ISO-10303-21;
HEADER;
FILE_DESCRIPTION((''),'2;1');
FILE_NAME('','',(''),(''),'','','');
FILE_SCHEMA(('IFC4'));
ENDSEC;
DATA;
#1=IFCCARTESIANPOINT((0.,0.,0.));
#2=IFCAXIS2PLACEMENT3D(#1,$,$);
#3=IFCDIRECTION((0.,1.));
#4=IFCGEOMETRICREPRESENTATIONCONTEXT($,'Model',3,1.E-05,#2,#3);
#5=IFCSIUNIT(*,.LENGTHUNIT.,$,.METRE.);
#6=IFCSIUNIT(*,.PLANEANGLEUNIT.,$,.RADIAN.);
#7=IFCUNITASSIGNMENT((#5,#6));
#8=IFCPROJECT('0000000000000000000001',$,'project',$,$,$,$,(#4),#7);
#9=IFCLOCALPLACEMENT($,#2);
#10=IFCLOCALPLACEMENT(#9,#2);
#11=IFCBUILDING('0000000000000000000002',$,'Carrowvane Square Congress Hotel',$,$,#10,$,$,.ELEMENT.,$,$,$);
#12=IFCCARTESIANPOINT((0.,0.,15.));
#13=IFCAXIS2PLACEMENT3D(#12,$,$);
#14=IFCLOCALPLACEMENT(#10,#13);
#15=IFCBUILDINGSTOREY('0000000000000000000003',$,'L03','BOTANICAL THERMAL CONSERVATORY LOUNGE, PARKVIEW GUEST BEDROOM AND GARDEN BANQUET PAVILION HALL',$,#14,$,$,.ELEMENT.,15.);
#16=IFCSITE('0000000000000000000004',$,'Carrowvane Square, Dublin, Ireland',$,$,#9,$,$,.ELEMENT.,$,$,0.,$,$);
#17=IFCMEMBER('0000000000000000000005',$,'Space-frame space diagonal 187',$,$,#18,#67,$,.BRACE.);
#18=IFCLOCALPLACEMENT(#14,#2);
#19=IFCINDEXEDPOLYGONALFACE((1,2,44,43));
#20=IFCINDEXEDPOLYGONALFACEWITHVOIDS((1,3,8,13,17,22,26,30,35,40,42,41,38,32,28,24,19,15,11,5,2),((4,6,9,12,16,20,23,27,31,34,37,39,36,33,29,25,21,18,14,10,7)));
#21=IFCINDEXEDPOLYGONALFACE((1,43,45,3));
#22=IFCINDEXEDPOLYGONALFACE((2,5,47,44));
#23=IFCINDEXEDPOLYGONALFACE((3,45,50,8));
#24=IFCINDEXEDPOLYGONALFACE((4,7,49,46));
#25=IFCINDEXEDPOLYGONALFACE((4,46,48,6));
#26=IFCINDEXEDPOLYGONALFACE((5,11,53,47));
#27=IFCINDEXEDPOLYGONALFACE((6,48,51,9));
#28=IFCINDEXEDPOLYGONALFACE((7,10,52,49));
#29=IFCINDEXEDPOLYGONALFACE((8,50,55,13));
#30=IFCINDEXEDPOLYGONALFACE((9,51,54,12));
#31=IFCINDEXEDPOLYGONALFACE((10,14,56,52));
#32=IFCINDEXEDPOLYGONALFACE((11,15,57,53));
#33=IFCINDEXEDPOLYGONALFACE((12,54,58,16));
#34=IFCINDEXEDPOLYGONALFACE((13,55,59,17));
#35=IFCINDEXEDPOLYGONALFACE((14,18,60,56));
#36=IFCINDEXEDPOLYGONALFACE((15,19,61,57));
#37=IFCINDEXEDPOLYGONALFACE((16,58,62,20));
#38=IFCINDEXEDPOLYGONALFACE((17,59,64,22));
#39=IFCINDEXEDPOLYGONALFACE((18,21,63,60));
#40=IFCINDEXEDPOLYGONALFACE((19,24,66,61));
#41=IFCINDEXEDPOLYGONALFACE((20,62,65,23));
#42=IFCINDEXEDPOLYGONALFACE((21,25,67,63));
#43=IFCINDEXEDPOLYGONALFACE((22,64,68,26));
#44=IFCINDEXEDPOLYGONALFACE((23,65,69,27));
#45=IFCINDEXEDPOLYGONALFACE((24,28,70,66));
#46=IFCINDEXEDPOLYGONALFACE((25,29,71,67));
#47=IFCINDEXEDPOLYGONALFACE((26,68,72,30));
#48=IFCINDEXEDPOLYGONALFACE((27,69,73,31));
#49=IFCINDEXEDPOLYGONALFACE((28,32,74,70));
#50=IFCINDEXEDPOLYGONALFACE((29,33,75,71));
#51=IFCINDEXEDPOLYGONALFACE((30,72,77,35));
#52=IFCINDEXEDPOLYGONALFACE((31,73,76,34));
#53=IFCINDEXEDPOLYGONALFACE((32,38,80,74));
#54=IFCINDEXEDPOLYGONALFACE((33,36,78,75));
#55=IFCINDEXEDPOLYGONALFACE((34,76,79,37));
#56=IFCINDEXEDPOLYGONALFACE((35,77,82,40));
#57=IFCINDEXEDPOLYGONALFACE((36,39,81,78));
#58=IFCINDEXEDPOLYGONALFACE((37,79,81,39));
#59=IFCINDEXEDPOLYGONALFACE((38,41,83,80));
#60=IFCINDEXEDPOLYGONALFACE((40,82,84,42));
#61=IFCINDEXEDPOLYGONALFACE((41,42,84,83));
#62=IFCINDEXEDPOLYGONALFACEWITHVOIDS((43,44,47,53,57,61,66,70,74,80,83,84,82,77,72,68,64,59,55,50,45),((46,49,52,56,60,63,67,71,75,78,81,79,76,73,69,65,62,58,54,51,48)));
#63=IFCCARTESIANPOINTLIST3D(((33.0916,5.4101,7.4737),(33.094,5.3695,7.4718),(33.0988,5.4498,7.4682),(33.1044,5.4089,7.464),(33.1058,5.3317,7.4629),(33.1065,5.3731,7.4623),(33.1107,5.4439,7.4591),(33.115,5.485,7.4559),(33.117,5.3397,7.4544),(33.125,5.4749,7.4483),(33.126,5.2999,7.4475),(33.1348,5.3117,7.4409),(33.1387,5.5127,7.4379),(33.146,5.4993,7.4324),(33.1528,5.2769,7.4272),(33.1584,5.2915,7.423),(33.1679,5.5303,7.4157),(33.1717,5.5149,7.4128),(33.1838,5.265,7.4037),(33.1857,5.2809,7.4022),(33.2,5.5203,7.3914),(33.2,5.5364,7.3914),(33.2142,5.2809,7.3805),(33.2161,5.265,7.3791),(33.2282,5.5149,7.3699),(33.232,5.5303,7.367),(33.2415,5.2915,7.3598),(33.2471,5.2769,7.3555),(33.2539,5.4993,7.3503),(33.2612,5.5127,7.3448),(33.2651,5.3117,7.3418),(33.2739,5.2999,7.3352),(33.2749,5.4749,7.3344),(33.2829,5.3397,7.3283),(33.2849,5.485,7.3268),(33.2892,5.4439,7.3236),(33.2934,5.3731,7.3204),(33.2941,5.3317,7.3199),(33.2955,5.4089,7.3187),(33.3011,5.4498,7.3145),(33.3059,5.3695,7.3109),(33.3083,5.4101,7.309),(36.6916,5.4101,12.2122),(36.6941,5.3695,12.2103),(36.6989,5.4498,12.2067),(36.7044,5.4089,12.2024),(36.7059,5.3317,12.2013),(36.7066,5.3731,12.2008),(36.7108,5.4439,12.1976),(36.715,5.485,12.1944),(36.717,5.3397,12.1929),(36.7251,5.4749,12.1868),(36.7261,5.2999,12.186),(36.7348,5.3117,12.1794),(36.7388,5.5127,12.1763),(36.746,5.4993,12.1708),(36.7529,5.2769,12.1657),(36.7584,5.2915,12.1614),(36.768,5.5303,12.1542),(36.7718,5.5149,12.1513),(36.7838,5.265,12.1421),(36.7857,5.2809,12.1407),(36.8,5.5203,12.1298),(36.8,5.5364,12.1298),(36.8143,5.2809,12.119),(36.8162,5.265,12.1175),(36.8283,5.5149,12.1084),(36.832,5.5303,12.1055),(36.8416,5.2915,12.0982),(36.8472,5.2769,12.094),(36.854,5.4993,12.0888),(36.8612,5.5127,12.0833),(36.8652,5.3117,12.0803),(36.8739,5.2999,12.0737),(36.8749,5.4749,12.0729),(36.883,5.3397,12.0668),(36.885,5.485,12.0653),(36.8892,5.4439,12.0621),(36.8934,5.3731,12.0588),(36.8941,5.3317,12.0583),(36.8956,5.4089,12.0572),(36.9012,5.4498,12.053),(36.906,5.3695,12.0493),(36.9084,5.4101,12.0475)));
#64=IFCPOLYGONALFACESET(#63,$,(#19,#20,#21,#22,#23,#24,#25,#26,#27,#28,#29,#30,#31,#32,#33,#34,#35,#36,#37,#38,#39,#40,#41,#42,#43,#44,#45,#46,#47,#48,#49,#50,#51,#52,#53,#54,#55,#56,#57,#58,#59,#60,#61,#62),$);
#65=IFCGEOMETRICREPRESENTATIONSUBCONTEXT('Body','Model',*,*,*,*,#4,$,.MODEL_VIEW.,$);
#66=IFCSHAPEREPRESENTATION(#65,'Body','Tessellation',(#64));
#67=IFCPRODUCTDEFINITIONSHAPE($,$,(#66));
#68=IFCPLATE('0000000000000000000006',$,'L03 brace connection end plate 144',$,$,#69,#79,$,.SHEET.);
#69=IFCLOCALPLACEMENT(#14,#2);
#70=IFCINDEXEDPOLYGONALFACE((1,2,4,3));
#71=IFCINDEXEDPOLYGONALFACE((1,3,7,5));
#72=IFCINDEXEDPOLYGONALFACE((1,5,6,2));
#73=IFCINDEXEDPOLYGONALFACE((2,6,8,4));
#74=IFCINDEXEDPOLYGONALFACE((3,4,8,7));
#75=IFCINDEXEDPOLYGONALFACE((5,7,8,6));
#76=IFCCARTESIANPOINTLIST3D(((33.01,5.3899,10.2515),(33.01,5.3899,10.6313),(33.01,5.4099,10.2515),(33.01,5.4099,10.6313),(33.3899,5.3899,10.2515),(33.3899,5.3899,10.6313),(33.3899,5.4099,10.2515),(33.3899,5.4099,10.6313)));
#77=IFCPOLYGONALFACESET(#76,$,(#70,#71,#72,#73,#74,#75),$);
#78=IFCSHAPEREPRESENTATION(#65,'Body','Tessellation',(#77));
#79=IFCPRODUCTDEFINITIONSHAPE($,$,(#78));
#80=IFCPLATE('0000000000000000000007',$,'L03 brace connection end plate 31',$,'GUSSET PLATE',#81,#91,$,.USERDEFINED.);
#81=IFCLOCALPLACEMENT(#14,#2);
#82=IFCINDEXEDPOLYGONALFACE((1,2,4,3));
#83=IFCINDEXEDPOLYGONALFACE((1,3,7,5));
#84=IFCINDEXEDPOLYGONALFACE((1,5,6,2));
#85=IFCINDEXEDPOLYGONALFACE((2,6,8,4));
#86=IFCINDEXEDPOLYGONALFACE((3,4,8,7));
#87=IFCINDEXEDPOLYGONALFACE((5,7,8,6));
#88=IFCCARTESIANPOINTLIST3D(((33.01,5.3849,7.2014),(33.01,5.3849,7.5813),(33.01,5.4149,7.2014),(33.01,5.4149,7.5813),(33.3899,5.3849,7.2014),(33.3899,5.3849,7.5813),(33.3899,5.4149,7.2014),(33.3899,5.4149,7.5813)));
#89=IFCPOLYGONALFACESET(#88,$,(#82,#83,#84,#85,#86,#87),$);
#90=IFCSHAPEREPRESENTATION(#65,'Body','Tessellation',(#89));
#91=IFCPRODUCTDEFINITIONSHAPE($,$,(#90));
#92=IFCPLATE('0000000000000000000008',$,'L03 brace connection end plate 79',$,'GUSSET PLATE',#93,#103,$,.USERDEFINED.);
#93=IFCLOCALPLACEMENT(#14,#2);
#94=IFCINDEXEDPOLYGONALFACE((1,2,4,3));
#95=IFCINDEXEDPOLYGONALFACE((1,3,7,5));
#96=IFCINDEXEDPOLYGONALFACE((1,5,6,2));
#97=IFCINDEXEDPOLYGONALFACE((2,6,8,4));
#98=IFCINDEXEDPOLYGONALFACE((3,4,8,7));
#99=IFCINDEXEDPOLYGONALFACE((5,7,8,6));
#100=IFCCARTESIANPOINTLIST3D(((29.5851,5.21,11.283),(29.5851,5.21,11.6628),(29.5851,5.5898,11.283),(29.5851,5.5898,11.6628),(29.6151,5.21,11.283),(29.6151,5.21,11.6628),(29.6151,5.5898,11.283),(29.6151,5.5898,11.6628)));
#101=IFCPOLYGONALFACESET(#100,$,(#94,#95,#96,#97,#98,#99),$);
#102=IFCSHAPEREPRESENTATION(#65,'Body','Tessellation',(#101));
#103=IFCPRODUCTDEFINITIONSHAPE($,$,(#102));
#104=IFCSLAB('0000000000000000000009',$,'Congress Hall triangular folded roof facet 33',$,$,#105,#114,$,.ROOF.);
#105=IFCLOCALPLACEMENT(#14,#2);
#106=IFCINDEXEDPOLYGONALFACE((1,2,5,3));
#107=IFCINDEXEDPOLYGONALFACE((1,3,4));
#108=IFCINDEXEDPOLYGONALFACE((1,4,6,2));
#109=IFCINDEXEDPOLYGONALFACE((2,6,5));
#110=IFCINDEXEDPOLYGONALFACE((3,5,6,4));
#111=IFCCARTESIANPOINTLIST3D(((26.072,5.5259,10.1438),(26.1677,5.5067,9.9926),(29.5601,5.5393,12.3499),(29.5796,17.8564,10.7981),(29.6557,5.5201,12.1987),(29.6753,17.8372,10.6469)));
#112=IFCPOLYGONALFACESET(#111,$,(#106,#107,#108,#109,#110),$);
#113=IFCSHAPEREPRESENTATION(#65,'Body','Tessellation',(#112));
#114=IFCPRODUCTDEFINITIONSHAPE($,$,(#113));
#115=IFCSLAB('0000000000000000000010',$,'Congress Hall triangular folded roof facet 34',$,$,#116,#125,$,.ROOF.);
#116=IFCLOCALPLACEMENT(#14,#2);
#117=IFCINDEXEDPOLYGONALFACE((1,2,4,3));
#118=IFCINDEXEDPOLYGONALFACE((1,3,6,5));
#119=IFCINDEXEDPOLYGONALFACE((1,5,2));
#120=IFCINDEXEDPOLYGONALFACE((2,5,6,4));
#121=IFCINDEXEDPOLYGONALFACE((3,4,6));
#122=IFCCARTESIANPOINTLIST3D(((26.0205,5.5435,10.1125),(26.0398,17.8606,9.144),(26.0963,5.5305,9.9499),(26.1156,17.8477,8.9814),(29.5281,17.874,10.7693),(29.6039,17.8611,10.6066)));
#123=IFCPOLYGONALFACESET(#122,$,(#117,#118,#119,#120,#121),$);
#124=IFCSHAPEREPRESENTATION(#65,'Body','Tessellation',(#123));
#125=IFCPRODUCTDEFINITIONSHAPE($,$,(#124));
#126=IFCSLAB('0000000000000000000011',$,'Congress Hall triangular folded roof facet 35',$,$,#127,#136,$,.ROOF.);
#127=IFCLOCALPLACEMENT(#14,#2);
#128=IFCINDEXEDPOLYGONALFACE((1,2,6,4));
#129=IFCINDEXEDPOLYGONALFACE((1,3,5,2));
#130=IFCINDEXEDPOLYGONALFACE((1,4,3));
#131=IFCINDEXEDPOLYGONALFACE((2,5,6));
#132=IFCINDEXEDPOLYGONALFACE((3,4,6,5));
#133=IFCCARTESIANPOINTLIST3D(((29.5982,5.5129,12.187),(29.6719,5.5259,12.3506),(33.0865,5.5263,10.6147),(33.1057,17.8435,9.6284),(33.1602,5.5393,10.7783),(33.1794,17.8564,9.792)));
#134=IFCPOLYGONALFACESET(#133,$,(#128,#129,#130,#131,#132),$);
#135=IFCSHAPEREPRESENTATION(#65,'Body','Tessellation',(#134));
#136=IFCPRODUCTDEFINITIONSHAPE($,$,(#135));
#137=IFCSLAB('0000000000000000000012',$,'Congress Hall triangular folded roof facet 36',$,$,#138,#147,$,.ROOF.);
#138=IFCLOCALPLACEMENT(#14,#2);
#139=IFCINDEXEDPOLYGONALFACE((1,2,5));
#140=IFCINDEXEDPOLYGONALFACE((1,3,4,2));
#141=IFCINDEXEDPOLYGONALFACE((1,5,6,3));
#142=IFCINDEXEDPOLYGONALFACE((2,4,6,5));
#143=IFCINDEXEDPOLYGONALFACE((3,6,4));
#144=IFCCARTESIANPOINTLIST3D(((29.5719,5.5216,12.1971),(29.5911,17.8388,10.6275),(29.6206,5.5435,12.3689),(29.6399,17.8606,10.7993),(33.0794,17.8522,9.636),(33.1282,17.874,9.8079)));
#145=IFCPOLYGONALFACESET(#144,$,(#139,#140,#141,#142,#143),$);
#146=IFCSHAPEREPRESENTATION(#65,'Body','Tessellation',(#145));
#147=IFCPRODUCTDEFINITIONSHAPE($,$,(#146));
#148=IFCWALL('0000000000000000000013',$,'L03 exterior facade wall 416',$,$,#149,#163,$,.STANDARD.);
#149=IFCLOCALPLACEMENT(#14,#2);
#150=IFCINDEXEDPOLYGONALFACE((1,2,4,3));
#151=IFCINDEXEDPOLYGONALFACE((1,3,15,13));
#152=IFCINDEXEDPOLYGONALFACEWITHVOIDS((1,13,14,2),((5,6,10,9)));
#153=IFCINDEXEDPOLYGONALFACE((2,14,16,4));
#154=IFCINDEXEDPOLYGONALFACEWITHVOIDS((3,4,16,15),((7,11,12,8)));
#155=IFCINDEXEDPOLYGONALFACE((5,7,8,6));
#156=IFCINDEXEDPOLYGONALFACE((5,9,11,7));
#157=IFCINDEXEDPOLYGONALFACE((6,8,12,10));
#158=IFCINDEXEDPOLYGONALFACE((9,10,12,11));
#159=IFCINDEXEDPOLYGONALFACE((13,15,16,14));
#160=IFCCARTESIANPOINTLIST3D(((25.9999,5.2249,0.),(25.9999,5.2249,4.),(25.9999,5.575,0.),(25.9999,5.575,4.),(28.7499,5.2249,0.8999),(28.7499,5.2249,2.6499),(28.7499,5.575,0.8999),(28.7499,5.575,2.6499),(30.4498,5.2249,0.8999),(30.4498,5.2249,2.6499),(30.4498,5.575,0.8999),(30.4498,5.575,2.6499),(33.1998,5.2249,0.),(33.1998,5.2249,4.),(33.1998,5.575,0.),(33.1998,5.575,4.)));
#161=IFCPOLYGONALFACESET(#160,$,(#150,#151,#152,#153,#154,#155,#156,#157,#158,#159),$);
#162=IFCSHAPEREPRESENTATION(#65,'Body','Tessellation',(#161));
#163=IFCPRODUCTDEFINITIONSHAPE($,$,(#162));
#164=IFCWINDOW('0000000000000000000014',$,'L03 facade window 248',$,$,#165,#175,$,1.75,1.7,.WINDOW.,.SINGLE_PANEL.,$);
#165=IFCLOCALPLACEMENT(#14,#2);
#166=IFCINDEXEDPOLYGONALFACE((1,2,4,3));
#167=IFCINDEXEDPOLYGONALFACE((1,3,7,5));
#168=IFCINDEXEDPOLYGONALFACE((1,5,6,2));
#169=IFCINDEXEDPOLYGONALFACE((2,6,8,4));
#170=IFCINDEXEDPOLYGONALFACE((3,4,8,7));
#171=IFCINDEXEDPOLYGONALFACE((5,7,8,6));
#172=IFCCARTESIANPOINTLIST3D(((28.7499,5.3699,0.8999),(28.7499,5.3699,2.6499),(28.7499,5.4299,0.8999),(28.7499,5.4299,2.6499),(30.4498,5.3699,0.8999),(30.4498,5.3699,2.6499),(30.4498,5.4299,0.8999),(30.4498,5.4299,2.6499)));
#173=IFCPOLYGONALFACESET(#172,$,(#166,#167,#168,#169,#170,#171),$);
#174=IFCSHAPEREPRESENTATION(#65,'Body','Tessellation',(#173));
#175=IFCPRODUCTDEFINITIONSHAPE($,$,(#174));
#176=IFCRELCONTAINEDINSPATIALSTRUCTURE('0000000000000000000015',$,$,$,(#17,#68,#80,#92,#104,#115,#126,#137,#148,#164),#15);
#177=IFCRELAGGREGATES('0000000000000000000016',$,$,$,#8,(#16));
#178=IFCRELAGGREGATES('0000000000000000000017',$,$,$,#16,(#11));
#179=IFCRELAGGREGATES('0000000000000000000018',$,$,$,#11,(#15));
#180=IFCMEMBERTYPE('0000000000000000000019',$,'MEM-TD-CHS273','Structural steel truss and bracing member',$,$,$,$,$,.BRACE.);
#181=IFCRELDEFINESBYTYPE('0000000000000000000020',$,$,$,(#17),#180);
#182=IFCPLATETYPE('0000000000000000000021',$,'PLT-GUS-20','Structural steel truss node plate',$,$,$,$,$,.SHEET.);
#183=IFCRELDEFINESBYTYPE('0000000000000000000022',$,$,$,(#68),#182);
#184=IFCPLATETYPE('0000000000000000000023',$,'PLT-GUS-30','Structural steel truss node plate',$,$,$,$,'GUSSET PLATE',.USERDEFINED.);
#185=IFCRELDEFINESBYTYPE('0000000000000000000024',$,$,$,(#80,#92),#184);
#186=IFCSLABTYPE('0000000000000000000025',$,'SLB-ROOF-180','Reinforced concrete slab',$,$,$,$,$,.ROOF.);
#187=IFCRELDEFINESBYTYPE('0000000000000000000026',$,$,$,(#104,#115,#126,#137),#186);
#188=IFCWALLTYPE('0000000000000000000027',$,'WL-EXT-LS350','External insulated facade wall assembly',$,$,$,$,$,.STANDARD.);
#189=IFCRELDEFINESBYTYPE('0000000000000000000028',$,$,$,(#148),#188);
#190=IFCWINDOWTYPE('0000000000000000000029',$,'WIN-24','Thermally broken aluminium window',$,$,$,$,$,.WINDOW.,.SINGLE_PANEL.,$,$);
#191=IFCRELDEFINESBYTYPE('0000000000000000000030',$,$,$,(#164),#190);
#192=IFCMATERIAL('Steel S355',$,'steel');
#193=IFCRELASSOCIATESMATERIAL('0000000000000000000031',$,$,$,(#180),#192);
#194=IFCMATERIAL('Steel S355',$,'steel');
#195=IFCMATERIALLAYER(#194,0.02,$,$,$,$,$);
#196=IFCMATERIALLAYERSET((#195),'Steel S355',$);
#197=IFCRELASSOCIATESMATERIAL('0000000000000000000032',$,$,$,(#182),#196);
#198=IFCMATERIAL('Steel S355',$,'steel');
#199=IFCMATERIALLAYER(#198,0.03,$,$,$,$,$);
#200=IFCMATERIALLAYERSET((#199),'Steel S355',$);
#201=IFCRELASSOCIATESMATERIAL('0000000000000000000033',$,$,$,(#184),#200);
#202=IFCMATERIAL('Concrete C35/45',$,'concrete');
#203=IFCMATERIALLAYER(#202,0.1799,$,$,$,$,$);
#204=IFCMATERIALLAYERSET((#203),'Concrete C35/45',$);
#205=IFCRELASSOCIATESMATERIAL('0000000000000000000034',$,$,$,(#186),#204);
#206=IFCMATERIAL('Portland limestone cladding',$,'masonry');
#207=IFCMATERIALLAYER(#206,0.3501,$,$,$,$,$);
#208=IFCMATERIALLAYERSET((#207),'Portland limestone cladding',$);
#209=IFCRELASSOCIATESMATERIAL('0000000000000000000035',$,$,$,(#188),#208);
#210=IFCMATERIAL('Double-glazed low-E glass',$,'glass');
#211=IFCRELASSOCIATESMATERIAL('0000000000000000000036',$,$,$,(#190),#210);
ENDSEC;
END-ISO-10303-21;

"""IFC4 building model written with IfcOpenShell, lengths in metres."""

from ifc_helpers import new_model, si_unit, direction, frame, frame_2d, origin, origin_2d, place, context, subcontext, project, spatial, polyline, rectangle, hollow_circle, outline, extrude, material, layer, layer_set, material_profile, profile_set, type_object, element, fill, save


model = new_model("IFC4")

# Units and contexts
model_context = context("Model", 3, precision=1e-05, world=origin(), true_north=direction((0.0, 1.0)))
body_context = subcontext(model_context, "Body", "Model", "MODEL_VIEW")
ifc_project = project(units=[si_unit("LENGTHUNIT", "METRE"), si_unit("PLANEANGLEUNIT", "RADIAN")], contexts=[model_context])

# Site, building, storey
site_placement = place(None, origin())
site = spatial("IfcSite", under=ifc_project, at=site_placement, Name="Carrowvane Square, Dublin, Ireland", CompositionType="ELEMENT", RefElevation=0.0)
building_placement = place(site_placement, origin())
building = spatial("IfcBuilding", under=site, at=building_placement, Name="Carrowvane Square Congress Hotel", CompositionType="ELEMENT")
storey_placement = place(building_placement, frame((0.0, 0.0, 15.0)))
storey = spatial("IfcBuildingStorey", under=building, at=storey_placement, Name="L03", Description="BOTANICAL THERMAL CONSERVATORY LOUNGE, PARKVIEW GUEST BEDROOM AND GARDEN BANQUET PAVILION HALL", CompositionType="ELEMENT", Elevation=15.0)

# Member
ifc_material_1 = material(Name="Steel S355", Category="steel")
ifc_material_profile_1 = material_profile(ifc_material_1, hollow_circle(Radius=0.1365, WallThickness=0.0161, at=origin_2d()), Name="CHS 273.0x16")
ifc_profile_set_1 = profile_set([ifc_material_profile_1], Name="Steel S355")
member_type_1 = type_object("IfcMemberType", Name="MEM-TD-CHS273", Description="Structural steel truss and bracing member", PredefinedType="BRACE", material=ifc_profile_set_1)
member_1_placement = place(storey_placement, frame((33.2, 5.3999, 7.3914), z_axis=(0.604957, 0.0, 0.796258), x_axis=(0.0, 1.0, 0.0)))
element("IfcMember", 1, at=member_1_placement, inside=storey, type_object=member_type_1, Name="Space-frame space diagonal 187", PredefinedType="BRACE", context=body_context, shape_type="SweptSolid", body=[
    extrude(hollow_circle(Radius=0.1365, WallThickness=0.0161, at=origin_2d()), origin(), (0.0, 0.0, 1.0), 5.9509),
])

# Plates
ifc_material_2 = material(Name="Steel S355", Category="steel")
ifc_layer_1 = layer(ifc_material_2, 0.02)
ifc_layer_set_1 = layer_set([ifc_layer_1], Name="Steel S355")
plate_type_1 = type_object("IfcPlateType", Name="PLT-GUS-20", Description="Structural steel truss node plate", PredefinedType="SHEET", material=ifc_layer_set_1)
plate_1_placement = place(storey_placement, frame((33.2, 5.3999, 10.2515), z_axis=(0.0, 0.0, 1.0), x_axis=(1.0, 0.0, 0.0)))
element("IfcPlate", 2, at=plate_1_placement, inside=storey, type_object=plate_type_1, Name="L03 brace connection end plate 144", PredefinedType="SHEET", context=body_context, shape_type="SweptSolid", body=[
    extrude(rectangle(XDim=0.3799, YDim=0.02, at=origin_2d()), origin(), (0.0, 0.0, 1.0), 0.3799),
])
ifc_material_3 = material(Name="Steel S355", Category="steel")
ifc_layer_2 = layer(ifc_material_3, 0.03)
ifc_layer_set_2 = layer_set([ifc_layer_2], Name="Steel S355")
plate_type_2 = type_object("IfcPlateType", Name="PLT-GUS-30", Description="Structural steel truss node plate", ElementType="GUSSET PLATE", PredefinedType="USERDEFINED", material=ifc_layer_set_2)
plate_2_placement = place(storey_placement, frame((33.2, 5.3999, 7.2014), z_axis=(0.0, 0.0, 1.0), x_axis=(1.0, 0.0, 0.0)))
element("IfcPlate", 3, at=plate_2_placement, inside=storey, type_object=plate_type_2, Name="L03 brace connection end plate 31", ObjectType="GUSSET PLATE", PredefinedType="USERDEFINED", context=body_context, shape_type="SweptSolid", body=[
    extrude(rectangle(XDim=0.3799, YDim=0.03, at=origin_2d()), origin(), (0.0, 0.0, 1.0), 0.3799),
])
plate_3_placement = place(storey_placement, frame((29.6001, 5.3999, 11.283), z_axis=(0.0, 0.0, 1.0), x_axis=(1.0, 0.0, 0.0)))
element("IfcPlate", 4, at=plate_3_placement, inside=storey, type_object=plate_type_2, Name="L03 brace connection end plate 79", ObjectType="GUSSET PLATE", PredefinedType="USERDEFINED", context=body_context, shape_type="SweptSolid", body=[
    extrude(rectangle(XDim=0.03, YDim=0.3799, at=origin_2d()), origin(), (0.0, 0.0, 1.0), 0.3799),
])

# Slabs
ifc_material_4 = material(Name="Concrete C35/45", Category="concrete")
ifc_layer_3 = layer(ifc_material_4, 0.1799)
ifc_layer_set_3 = layer_set([ifc_layer_3], Name="Concrete C35/45")
slab_type = type_object("IfcSlabType", Name="SLB-ROOF-180", Description="Reinforced concrete slab", PredefinedType="ROOF", material=ifc_layer_set_3)
slab_1_placement = place(storey_placement, frame((26.072, 5.5259, 10.1438), z_axis=(-0.53177, 0.106687, 0.840142), x_axis=(0.845147, 0.003254, 0.534524)))
element("IfcSlab", 5, at=slab_1_placement, inside=storey, type_object=slab_type, Name="Congress Hall triangular folded roof facet 33", PredefinedType="ROOF", context=body_context, shape_type="SweptSolid", body=[
    extrude(outline(polyline([(0.0, 0.0), (4.1271, 0.0), (3.3543, 12.3904), (0.0, 0.0)])), origin(), (0.0, 0.0, -1.0), 0.1799),
])
slab_2_placement = place(storey_placement, frame((26.0205, 5.5435, 10.1125), z_axis=(-0.421465, 0.071742, 0.904002), x_axis=(0.273248, 0.960582, 0.051162)))
element("IfcSlab", 6, at=slab_2_placement, inside=storey, type_object=slab_type, Name="Congress Hall triangular folded roof facet 34", PredefinedType="ROOF", context=body_context, shape_type="SweptSolid", body=[
    extrude(outline(polyline([(0.0, 0.0), (12.8366, 0.0), (11.7873, 3.7025), (0.0, 0.0)])), origin(), (0.0, 0.0, -1.0), 0.1799),
])
slab_3_placement = place(storey_placement, frame((29.6719, 5.5259, 12.3506), z_axis=(0.409614, 0.072181, 0.909399), x_axis=(0.911667, 0.003509, -0.410914)))
element("IfcSlab", 7, at=slab_3_placement, inside=storey, type_object=slab_type, Name="Congress Hall triangular folded roof facet 35", PredefinedType="ROOF", context=body_context, shape_type="SweptSolid", body=[
    extrude(outline(polyline([(0.0, 0.0), (3.8263, 0.0), (4.2924, 12.3478), (0.0, 0.0)])), origin(), (0.0, 0.0, -1.0), 0.1799),
])
slab_4_placement = place(storey_placement, frame((29.6206, 5.5435, 12.3689), z_axis=(0.270947, 0.121262, 0.954926), x_axis=(0.268305, 0.943205, -0.195902)))
element("IfcSlab", 8, at=slab_4_placement, inside=storey, type_object=slab_type, Name="Congress Hall triangular folded roof facet 36", PredefinedType="ROOF", context=body_context, shape_type="SweptSolid", body=[
    extrude(outline(polyline([(0.0, 0.0), (13.0731, 0.0), (11.9302, 3.4417), (0.0, 0.0)])), origin(), (0.0, 0.0, -1.0), 0.1799),
])

# Wall, opening, window
ifc_material_5 = material(Name="Portland limestone cladding", Category="masonry")
ifc_layer_4 = layer(ifc_material_5, 0.3501)
ifc_layer_set_4 = layer_set([ifc_layer_4], Name="Portland limestone cladding")
wall_type_1 = type_object("IfcWallType", Name="WL-EXT-LS350", Description="External insulated facade wall assembly", PredefinedType="STANDARD", material=ifc_layer_set_4)
wall_1_placement = place(storey_placement, frame((33.2, 5.3999, 0.0), z_axis=(0.0, 0.0, 1.0), x_axis=(-1.0, 0.0, 0.0)))
wall_1 = element("IfcWall", 9, at=wall_1_placement, inside=storey, type_object=wall_type_1, Name="L03 exterior facade wall 416", PredefinedType="STANDARD", context=body_context, shape_type="SweptSolid", body=[
    extrude(rectangle(XDim=7.2, YDim=0.3501, at=frame_2d((3.6001, 0.0))), origin(), (0.0, 0.0, 1.0), 4.0),
])
opening_1_placement = place(wall_1_placement, frame((2.75, 0.0, 0.8999)))
opening_1 = element("IfcOpeningElement", 10, at=opening_1_placement, cuts=wall_1, PredefinedType="OPENING", context=body_context, shape_type="SweptSolid", body=[
    extrude(rectangle(XDim=1.7, YDim=1.75, at=frame_2d((0.8501, 0.875))), frame((0.0, 0.1851, 0.0), z_axis=(0.0, -1.0, 0.0), x_axis=(1.0, 0.0, 0.0)), (0.0, 0.0, 1.0), 0.3701),
])
ifc_material_6 = material(Name="Double-glazed low-E glass", Category="glass")
window_type_1 = type_object("IfcWindowType", Name="WIN-24", Description="Thermally broken aluminium window", PartitioningType="SINGLE_PANEL", PredefinedType="WINDOW", material=ifc_material_6)
window_1_placement = place(opening_1_placement, origin())
window_1 = element("IfcWindow", 11, at=window_1_placement, inside=storey, type_object=window_type_1, Name="L03 facade window 248", OverallHeight=1.75, OverallWidth=1.7, PartitioningType="SINGLE_PANEL", PredefinedType="WINDOW", context=body_context, shape_type="SweptSolid", body=[
    extrude(rectangle(XDim=1.7, YDim=1.75, at=frame_2d((0.8501, 0.875))), frame((0.0, 0.03, 0.0), z_axis=(0.0, -1.0, 0.0), x_axis=(1.0, 0.0, 0.0)), (0.0, 0.0, 1.0), 0.0601),
])
fill(opening_1, window_1)

save(model, "model.ifc")
